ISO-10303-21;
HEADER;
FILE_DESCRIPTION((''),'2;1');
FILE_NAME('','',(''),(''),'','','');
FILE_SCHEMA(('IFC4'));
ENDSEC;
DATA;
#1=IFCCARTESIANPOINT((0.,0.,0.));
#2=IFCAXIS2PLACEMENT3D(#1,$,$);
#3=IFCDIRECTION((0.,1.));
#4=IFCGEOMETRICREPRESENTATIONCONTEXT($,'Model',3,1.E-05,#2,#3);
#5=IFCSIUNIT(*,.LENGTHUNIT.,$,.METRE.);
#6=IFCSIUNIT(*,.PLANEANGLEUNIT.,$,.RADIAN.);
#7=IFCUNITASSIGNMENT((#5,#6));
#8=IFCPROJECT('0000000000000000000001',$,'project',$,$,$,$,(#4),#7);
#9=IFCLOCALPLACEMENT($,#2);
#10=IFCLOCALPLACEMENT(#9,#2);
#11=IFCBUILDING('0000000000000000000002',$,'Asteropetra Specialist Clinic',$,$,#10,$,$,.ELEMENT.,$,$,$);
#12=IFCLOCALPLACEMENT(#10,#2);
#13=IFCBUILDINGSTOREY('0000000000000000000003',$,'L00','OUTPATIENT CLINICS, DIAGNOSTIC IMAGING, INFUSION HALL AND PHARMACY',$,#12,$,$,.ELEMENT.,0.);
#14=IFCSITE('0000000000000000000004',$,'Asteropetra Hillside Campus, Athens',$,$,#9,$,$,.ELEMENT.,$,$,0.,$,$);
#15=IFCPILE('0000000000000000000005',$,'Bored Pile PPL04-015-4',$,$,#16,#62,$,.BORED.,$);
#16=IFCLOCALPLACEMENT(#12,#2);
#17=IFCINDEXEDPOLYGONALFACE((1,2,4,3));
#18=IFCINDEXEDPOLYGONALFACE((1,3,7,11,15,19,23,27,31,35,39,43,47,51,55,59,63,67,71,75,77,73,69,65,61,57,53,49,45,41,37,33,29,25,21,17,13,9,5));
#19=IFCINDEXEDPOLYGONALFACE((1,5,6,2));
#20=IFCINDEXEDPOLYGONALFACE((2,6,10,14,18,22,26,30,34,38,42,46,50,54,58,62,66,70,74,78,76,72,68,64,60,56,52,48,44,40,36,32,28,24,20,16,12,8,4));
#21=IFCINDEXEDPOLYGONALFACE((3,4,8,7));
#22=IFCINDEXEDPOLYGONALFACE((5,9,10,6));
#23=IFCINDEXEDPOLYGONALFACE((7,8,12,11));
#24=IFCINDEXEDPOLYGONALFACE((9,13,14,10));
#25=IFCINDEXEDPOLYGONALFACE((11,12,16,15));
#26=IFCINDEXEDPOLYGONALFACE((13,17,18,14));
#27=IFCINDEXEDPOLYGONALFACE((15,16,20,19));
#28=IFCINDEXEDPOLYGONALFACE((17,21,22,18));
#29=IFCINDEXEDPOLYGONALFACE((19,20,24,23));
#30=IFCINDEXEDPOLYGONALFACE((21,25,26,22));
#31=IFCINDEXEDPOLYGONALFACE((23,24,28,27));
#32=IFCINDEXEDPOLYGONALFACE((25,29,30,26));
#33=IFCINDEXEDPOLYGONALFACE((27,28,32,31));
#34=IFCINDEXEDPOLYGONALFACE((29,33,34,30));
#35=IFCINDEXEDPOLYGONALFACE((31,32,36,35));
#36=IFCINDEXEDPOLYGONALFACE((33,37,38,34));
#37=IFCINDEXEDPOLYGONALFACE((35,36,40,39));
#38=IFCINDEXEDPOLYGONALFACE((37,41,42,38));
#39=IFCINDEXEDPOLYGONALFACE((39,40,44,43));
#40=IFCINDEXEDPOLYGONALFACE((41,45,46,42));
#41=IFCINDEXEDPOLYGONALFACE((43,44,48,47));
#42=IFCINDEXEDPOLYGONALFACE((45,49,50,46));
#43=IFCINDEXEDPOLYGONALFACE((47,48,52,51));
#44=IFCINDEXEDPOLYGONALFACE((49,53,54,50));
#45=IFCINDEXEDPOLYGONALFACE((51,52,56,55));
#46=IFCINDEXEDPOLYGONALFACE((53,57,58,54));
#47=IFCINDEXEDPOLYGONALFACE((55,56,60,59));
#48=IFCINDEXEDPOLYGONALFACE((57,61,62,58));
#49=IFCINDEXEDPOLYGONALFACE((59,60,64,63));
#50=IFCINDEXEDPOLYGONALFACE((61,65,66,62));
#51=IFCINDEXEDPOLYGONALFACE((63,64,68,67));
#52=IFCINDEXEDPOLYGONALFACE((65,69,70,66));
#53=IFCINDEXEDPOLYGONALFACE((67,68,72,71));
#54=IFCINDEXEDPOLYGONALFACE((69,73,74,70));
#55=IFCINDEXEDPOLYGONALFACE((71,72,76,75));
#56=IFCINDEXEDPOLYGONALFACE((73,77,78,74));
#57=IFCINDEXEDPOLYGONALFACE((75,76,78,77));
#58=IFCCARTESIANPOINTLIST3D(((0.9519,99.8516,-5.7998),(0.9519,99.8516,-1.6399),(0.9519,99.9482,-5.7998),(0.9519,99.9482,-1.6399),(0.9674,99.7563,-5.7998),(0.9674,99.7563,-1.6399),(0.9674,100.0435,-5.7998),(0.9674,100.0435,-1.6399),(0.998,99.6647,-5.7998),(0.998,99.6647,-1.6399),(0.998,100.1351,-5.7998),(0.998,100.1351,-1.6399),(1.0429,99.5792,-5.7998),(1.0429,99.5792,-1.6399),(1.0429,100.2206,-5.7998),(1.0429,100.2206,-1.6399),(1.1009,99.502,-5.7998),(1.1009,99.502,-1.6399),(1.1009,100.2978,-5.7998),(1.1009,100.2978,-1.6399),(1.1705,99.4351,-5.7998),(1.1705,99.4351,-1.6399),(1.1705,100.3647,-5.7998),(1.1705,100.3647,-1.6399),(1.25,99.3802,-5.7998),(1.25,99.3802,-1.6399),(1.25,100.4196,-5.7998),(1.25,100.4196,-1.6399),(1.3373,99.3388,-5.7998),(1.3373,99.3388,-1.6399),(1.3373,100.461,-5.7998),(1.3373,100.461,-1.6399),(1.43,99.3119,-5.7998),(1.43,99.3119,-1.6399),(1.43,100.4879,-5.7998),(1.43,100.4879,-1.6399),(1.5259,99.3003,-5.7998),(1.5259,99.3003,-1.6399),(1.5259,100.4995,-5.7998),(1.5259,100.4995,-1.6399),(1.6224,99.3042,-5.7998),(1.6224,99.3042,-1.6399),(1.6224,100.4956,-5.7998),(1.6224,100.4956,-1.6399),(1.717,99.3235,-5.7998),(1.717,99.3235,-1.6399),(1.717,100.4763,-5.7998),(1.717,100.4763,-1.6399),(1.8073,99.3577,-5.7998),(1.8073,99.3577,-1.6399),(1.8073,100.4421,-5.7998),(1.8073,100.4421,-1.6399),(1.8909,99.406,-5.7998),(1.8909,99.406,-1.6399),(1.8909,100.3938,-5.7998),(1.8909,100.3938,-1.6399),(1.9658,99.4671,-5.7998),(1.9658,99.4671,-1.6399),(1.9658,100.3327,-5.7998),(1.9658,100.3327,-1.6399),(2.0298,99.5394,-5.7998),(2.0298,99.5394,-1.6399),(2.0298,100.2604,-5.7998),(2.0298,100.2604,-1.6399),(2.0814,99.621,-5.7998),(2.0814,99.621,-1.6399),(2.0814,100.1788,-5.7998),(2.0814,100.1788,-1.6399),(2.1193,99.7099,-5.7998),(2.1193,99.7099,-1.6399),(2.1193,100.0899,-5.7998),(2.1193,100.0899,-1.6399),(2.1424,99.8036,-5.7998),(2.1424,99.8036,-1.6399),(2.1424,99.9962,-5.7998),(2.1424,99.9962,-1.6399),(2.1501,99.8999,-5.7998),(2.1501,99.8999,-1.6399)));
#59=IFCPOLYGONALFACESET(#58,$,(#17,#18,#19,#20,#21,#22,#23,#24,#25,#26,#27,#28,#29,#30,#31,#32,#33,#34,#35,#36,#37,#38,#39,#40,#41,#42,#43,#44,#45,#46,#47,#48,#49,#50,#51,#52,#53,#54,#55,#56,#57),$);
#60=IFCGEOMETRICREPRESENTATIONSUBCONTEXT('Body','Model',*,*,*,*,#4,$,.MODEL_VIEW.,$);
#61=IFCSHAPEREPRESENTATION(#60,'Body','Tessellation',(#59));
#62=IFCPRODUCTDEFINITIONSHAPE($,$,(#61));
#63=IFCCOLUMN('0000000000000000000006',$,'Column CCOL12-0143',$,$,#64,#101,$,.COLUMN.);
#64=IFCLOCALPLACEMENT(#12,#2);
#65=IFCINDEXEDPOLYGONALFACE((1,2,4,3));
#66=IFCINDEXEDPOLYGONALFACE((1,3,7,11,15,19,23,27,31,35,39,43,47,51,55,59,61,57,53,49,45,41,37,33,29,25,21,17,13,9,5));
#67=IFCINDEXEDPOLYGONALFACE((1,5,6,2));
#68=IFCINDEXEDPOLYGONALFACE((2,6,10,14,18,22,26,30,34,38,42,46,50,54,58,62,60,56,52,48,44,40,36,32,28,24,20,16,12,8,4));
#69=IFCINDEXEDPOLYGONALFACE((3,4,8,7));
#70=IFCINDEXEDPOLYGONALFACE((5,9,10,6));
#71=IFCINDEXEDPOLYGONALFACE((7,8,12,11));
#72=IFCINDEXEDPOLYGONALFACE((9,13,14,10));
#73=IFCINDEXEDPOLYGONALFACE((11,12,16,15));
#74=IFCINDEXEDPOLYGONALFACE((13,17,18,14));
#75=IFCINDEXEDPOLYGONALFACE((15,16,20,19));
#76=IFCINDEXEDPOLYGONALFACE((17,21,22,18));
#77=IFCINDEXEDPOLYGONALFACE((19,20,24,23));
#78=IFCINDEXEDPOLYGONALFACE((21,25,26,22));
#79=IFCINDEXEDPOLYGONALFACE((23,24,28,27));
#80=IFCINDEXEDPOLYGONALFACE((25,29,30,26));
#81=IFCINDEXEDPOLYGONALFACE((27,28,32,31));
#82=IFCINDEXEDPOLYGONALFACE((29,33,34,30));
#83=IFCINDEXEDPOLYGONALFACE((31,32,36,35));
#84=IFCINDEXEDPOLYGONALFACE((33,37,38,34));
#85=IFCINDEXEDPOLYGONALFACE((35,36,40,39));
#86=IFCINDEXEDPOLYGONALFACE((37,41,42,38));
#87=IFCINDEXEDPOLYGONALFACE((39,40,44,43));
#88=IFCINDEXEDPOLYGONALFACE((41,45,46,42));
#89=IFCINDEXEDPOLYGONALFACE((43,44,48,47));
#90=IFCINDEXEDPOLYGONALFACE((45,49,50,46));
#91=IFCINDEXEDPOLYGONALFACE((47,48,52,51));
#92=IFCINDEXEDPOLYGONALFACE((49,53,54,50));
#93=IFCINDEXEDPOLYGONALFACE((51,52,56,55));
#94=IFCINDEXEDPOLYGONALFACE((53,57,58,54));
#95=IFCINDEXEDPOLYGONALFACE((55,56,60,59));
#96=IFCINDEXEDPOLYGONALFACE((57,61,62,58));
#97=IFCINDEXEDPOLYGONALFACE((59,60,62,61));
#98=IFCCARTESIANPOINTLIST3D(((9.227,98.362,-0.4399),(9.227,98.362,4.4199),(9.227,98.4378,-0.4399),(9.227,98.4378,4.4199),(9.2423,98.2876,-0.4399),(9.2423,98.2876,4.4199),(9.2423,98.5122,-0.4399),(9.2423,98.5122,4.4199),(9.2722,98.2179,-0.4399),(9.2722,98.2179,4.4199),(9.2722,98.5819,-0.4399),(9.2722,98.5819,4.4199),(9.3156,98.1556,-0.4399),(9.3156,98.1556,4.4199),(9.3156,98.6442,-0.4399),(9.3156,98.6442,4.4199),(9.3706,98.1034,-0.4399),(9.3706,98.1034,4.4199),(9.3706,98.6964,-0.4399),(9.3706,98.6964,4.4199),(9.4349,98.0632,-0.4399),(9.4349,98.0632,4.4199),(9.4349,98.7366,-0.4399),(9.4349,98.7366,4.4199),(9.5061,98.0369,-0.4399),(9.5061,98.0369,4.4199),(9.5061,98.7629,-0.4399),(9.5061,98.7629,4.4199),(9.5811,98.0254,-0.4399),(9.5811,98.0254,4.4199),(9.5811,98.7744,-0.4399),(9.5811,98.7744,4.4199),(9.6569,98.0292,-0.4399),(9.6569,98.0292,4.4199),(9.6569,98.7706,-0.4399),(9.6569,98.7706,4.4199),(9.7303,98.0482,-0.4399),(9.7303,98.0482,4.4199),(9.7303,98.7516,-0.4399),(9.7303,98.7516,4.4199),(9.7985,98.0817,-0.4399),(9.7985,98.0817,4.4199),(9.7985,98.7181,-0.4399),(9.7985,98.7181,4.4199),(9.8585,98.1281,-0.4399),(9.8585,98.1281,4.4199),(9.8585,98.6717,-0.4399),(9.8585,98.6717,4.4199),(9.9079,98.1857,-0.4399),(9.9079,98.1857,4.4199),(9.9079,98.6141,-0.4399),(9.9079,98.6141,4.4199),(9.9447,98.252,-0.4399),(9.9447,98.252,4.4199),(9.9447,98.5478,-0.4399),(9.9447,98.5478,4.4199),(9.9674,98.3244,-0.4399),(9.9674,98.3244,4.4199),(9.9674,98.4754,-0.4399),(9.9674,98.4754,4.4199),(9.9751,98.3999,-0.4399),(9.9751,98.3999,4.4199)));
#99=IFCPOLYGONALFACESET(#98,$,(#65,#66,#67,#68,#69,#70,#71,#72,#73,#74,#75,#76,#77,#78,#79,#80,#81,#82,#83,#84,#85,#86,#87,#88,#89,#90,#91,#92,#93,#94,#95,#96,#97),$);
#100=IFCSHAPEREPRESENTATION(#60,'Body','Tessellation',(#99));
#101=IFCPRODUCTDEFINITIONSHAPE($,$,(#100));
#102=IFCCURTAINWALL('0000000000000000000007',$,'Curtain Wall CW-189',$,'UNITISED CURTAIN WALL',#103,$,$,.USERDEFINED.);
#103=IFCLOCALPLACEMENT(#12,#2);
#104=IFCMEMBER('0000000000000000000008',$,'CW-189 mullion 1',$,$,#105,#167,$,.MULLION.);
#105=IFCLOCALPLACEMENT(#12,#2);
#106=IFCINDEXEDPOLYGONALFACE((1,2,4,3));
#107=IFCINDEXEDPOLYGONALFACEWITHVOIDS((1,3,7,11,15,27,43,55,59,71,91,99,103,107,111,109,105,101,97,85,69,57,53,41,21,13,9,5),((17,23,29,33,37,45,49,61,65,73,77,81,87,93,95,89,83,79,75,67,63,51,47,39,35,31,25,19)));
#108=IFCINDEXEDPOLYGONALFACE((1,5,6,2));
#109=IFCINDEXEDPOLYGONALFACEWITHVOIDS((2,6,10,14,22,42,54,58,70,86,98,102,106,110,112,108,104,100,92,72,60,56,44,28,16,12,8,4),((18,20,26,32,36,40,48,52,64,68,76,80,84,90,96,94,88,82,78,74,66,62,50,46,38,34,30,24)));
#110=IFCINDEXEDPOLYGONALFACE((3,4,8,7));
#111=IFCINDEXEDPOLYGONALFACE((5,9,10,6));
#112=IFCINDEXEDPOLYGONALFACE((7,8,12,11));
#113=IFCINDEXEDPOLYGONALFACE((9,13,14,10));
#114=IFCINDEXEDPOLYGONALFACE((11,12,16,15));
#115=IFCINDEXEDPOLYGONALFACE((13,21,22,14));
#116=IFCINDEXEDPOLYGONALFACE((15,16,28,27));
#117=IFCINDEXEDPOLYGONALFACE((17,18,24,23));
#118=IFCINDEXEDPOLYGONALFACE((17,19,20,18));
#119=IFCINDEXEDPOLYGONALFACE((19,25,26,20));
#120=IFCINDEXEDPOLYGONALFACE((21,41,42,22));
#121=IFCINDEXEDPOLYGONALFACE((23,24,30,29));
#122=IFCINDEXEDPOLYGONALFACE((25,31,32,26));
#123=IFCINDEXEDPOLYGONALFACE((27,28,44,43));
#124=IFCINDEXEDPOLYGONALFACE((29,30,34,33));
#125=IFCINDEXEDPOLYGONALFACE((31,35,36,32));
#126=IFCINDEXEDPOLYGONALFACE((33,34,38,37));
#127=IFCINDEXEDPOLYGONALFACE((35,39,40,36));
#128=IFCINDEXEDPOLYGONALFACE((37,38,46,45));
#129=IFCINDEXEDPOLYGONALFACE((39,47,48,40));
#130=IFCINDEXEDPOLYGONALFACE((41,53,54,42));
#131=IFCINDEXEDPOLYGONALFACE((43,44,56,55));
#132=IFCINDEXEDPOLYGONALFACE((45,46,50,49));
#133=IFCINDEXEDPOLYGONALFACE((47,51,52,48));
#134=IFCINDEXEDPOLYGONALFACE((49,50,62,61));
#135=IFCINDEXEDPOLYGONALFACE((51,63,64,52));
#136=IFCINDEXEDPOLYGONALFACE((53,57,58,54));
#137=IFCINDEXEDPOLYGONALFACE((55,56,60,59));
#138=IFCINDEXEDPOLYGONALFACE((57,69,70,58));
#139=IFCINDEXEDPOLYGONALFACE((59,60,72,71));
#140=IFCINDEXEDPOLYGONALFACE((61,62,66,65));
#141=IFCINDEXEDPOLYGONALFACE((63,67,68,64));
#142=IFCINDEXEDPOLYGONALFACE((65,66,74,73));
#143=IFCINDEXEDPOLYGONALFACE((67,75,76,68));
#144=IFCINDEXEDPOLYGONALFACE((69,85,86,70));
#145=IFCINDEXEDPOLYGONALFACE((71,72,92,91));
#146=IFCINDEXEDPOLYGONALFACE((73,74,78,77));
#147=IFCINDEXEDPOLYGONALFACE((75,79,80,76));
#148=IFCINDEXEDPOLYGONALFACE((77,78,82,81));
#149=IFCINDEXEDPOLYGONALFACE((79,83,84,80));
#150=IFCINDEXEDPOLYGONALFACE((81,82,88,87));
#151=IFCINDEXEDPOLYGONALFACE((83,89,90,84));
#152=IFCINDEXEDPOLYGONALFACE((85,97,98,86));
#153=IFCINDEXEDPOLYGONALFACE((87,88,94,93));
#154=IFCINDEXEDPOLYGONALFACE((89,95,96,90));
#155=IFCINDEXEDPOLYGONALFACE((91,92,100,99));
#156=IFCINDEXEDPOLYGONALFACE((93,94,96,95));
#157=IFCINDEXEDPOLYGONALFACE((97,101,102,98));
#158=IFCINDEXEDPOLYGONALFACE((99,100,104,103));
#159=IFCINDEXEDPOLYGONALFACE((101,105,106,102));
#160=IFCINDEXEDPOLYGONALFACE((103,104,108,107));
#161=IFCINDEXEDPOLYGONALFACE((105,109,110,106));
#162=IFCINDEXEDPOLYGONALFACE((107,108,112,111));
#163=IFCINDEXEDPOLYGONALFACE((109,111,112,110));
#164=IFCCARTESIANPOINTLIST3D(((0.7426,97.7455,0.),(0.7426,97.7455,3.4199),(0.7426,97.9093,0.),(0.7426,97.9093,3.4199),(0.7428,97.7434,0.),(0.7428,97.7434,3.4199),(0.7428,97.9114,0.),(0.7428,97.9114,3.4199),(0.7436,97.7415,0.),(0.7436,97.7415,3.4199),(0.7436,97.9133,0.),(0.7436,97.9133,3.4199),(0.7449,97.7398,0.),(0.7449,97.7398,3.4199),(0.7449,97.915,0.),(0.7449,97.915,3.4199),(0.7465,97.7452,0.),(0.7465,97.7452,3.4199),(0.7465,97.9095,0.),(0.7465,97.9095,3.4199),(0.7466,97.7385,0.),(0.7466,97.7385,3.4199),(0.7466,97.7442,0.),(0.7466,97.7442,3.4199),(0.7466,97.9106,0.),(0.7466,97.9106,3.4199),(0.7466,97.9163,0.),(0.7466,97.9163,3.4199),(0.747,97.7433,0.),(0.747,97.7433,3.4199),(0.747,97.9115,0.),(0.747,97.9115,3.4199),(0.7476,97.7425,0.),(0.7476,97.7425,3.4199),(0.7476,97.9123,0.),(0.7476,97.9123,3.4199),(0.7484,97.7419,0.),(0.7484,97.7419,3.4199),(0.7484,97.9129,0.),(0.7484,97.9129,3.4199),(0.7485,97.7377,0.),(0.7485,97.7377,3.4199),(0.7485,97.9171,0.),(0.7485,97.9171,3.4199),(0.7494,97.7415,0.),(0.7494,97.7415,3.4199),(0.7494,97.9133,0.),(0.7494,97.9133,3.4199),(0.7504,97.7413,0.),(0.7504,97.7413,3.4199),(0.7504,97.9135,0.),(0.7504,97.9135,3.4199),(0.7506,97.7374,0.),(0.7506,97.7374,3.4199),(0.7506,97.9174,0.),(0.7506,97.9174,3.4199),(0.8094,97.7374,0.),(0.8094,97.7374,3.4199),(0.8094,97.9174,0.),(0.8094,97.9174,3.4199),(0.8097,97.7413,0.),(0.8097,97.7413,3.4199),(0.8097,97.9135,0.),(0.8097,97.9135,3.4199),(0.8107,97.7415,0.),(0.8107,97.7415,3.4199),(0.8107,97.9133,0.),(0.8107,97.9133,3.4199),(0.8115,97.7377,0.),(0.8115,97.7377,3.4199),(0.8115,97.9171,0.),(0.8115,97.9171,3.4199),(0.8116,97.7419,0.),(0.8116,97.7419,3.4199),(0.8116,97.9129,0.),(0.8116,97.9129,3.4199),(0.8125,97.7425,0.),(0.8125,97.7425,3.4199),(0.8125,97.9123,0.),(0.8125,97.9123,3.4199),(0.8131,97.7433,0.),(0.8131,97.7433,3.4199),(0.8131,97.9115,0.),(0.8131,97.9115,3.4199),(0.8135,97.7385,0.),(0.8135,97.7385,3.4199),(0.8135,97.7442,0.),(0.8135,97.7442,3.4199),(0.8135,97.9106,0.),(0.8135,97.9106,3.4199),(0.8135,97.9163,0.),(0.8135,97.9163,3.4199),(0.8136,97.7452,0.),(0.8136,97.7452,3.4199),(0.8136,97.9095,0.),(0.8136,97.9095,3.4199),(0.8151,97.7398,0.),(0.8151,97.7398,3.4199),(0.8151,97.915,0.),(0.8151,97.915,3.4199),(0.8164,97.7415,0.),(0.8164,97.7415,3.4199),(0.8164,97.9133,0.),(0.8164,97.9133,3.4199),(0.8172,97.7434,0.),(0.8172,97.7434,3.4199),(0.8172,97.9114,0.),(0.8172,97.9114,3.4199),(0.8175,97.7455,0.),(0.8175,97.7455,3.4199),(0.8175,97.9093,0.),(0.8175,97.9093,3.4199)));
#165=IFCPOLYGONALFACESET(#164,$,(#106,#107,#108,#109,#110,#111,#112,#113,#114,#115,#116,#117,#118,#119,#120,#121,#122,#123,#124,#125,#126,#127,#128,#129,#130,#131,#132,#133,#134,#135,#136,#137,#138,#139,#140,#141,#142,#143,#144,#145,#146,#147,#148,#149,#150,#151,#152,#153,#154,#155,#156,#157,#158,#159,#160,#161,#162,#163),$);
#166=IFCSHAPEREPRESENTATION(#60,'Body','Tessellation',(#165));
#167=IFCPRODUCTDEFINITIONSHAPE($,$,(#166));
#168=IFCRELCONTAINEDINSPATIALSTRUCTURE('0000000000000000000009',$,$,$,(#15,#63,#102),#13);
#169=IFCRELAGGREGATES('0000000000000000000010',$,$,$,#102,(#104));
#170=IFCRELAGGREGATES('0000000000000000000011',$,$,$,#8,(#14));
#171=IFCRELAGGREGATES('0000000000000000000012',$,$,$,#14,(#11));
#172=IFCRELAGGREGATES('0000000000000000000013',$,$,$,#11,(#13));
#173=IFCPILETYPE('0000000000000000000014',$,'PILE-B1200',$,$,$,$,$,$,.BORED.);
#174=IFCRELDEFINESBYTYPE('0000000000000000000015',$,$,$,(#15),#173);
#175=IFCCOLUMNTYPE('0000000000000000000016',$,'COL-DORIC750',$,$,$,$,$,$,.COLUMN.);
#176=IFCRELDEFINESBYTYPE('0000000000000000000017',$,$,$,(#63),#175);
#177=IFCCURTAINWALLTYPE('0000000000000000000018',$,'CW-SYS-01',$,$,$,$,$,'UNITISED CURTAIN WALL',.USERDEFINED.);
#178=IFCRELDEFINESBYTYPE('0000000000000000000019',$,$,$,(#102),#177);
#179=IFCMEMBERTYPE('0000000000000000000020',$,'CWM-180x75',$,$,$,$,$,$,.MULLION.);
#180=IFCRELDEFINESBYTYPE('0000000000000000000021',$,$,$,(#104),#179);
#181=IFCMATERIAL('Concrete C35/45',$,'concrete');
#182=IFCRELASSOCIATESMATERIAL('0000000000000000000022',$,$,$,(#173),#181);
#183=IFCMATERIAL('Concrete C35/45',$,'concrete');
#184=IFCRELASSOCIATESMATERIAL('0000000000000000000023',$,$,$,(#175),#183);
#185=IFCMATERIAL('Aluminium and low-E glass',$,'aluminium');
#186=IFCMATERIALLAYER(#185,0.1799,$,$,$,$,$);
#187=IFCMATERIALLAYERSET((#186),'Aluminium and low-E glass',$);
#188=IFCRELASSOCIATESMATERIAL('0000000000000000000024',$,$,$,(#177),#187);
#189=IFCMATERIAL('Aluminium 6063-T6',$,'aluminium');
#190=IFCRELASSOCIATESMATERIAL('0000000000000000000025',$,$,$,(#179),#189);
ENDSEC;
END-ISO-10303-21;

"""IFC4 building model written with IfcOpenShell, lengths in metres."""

from ifc_helpers import new_model, si_unit, direction, frame, origin, origin_2d, place, context, subcontext, project, spatial, hollow_rectangle, circle, extrude, material, layer, layer_set, material_profile, profile_set, type_object, element, aggregate, save


model = new_model("IFC4")

# Units and contexts
model_context = context("Model", 3, precision=1e-05, world=origin(), true_north=direction((0.0, 1.0)))
body_context = subcontext(model_context, "Body", "Model", "MODEL_VIEW")
ifc_project = project(units=[si_unit("LENGTHUNIT", "METRE"), si_unit("PLANEANGLEUNIT", "RADIAN")], contexts=[model_context])

# Site, building, storey
site_placement = place(None, origin())
site = spatial("IfcSite", under=ifc_project, at=site_placement, Name="Asteropetra Hillside Campus, Athens", CompositionType="ELEMENT", RefElevation=0.0)
building_placement = place(site_placement, origin())
building = spatial("IfcBuilding", under=site, at=building_placement, Name="Asteropetra Specialist Clinic", CompositionType="ELEMENT")
storey_placement = place(building_placement, origin())
storey = spatial("IfcBuildingStorey", under=building, at=storey_placement, Name="L00", Description="OUTPATIENT CLINICS, DIAGNOSTIC IMAGING, INFUSION HALL AND PHARMACY", CompositionType="ELEMENT", Elevation=0.0)

# Pile
ifc_material_1 = material(Name="Concrete C35/45", Category="concrete")
ifc_material_profile_1 = material_profile(ifc_material_1, circle(Radius=0.6001, at=origin_2d()), Name="PILE D1200")
ifc_profile_set_1 = profile_set([ifc_material_profile_1], Name="Concrete C35/45")
pile_type_1 = type_object("IfcPileType", Name="PILE-B1200", PredefinedType="BORED", material=ifc_profile_set_1)
pile_placement = place(storey_placement, frame((1.55, 99.8999, -1.6399), z_axis=(0.0, 0.0, -1.0), x_axis=(1.0, 0.0, 0.0)))
element("IfcPile", 1, at=pile_placement, inside=storey, type_object=pile_type_1, Name="Bored Pile PPL04-015-4", PredefinedType="BORED", context=body_context, shape_type="SweptSolid", body=[
    extrude(circle(Radius=0.6001, at=origin_2d()), origin(), (0.0, 0.0, 1.0), 4.1599),
])

# Column
ifc_material_2 = material(Name="Concrete C35/45", Category="concrete")
ifc_material_profile_2 = material_profile(ifc_material_2, circle(Radius=0.375, at=origin_2d()), Name="RCC D750")
ifc_profile_set_2 = profile_set([ifc_material_profile_2], Name="Concrete C35/45")
column_type = type_object("IfcColumnType", Name="COL-DORIC750", PredefinedType="COLUMN", material=ifc_profile_set_2)
column_placement = place(storey_placement, frame((9.6001, 98.3999, -0.4399), z_axis=(0.0, 0.0, 1.0), x_axis=(1.0, 0.0, 0.0)))
element("IfcColumn", 2, at=column_placement, inside=storey, type_object=column_type, Name="Column CCOL12-0143", PredefinedType="COLUMN", context=body_context, shape_type="SweptSolid", body=[
    extrude(circle(Radius=0.375, at=origin_2d()), origin(), (0.0, 0.0, 1.0), 4.8599),
])

# Curtain wall, member
ifc_material_3 = material(Name="Aluminium and low-E glass", Category="aluminium")
ifc_layer_1 = layer(ifc_material_3, 0.1799)
ifc_layer_set_1 = layer_set([ifc_layer_1], Name="Aluminium and low-E glass")
curtain_wall_type = type_object("IfcCurtainWallType", Name="CW-SYS-01", ElementType="UNITISED CURTAIN WALL", PredefinedType="USERDEFINED", material=ifc_layer_set_1)
curtain_wall_placement = place(storey_placement, origin())
curtain_wall = element("IfcCurtainWall", 3, at=curtain_wall_placement, inside=storey, type_object=curtain_wall_type, Name="Curtain Wall CW-189", ObjectType="UNITISED CURTAIN WALL", PredefinedType="USERDEFINED")
ifc_material_4 = material(Name="Aluminium 6063-T6", Category="aluminium")
ifc_material_profile_3 = material_profile(ifc_material_4, hollow_rectangle(XDim=0.075, YDim=0.1799, WallThickness=0.0039, InnerFilletRadius=0.0039, OuterFilletRadius=0.0081, at=origin_2d()), Name="MUL 180x75x4.0")
ifc_profile_set_3 = profile_set([ifc_material_profile_3], Name="Aluminium 6063-T6")
member_type_1 = type_object("IfcMemberType", Name="CWM-180x75", PredefinedType="MULLION", material=ifc_profile_set_3)
member_1_placement = place(storey_placement, frame((0.78, 97.8274, 0.0), z_axis=(0.0, 0.0, 1.0), x_axis=(1.0, 0.0, 0.0)))
member_1 = element("IfcMember", 4, at=member_1_placement, type_object=member_type_1, Name="CW-189 mullion 1", PredefinedType="MULLION", context=body_context, shape_type="SweptSolid", body=[
    extrude(hollow_rectangle(XDim=0.075, YDim=0.1799, WallThickness=0.0039, InnerFilletRadius=0.0039, OuterFilletRadius=0.0081, at=origin_2d()), origin(), (0.0, 0.0, 1.0), 3.4199),
])
aggregate(curtain_wall, [member_1])

save(model, "model.ifc")
